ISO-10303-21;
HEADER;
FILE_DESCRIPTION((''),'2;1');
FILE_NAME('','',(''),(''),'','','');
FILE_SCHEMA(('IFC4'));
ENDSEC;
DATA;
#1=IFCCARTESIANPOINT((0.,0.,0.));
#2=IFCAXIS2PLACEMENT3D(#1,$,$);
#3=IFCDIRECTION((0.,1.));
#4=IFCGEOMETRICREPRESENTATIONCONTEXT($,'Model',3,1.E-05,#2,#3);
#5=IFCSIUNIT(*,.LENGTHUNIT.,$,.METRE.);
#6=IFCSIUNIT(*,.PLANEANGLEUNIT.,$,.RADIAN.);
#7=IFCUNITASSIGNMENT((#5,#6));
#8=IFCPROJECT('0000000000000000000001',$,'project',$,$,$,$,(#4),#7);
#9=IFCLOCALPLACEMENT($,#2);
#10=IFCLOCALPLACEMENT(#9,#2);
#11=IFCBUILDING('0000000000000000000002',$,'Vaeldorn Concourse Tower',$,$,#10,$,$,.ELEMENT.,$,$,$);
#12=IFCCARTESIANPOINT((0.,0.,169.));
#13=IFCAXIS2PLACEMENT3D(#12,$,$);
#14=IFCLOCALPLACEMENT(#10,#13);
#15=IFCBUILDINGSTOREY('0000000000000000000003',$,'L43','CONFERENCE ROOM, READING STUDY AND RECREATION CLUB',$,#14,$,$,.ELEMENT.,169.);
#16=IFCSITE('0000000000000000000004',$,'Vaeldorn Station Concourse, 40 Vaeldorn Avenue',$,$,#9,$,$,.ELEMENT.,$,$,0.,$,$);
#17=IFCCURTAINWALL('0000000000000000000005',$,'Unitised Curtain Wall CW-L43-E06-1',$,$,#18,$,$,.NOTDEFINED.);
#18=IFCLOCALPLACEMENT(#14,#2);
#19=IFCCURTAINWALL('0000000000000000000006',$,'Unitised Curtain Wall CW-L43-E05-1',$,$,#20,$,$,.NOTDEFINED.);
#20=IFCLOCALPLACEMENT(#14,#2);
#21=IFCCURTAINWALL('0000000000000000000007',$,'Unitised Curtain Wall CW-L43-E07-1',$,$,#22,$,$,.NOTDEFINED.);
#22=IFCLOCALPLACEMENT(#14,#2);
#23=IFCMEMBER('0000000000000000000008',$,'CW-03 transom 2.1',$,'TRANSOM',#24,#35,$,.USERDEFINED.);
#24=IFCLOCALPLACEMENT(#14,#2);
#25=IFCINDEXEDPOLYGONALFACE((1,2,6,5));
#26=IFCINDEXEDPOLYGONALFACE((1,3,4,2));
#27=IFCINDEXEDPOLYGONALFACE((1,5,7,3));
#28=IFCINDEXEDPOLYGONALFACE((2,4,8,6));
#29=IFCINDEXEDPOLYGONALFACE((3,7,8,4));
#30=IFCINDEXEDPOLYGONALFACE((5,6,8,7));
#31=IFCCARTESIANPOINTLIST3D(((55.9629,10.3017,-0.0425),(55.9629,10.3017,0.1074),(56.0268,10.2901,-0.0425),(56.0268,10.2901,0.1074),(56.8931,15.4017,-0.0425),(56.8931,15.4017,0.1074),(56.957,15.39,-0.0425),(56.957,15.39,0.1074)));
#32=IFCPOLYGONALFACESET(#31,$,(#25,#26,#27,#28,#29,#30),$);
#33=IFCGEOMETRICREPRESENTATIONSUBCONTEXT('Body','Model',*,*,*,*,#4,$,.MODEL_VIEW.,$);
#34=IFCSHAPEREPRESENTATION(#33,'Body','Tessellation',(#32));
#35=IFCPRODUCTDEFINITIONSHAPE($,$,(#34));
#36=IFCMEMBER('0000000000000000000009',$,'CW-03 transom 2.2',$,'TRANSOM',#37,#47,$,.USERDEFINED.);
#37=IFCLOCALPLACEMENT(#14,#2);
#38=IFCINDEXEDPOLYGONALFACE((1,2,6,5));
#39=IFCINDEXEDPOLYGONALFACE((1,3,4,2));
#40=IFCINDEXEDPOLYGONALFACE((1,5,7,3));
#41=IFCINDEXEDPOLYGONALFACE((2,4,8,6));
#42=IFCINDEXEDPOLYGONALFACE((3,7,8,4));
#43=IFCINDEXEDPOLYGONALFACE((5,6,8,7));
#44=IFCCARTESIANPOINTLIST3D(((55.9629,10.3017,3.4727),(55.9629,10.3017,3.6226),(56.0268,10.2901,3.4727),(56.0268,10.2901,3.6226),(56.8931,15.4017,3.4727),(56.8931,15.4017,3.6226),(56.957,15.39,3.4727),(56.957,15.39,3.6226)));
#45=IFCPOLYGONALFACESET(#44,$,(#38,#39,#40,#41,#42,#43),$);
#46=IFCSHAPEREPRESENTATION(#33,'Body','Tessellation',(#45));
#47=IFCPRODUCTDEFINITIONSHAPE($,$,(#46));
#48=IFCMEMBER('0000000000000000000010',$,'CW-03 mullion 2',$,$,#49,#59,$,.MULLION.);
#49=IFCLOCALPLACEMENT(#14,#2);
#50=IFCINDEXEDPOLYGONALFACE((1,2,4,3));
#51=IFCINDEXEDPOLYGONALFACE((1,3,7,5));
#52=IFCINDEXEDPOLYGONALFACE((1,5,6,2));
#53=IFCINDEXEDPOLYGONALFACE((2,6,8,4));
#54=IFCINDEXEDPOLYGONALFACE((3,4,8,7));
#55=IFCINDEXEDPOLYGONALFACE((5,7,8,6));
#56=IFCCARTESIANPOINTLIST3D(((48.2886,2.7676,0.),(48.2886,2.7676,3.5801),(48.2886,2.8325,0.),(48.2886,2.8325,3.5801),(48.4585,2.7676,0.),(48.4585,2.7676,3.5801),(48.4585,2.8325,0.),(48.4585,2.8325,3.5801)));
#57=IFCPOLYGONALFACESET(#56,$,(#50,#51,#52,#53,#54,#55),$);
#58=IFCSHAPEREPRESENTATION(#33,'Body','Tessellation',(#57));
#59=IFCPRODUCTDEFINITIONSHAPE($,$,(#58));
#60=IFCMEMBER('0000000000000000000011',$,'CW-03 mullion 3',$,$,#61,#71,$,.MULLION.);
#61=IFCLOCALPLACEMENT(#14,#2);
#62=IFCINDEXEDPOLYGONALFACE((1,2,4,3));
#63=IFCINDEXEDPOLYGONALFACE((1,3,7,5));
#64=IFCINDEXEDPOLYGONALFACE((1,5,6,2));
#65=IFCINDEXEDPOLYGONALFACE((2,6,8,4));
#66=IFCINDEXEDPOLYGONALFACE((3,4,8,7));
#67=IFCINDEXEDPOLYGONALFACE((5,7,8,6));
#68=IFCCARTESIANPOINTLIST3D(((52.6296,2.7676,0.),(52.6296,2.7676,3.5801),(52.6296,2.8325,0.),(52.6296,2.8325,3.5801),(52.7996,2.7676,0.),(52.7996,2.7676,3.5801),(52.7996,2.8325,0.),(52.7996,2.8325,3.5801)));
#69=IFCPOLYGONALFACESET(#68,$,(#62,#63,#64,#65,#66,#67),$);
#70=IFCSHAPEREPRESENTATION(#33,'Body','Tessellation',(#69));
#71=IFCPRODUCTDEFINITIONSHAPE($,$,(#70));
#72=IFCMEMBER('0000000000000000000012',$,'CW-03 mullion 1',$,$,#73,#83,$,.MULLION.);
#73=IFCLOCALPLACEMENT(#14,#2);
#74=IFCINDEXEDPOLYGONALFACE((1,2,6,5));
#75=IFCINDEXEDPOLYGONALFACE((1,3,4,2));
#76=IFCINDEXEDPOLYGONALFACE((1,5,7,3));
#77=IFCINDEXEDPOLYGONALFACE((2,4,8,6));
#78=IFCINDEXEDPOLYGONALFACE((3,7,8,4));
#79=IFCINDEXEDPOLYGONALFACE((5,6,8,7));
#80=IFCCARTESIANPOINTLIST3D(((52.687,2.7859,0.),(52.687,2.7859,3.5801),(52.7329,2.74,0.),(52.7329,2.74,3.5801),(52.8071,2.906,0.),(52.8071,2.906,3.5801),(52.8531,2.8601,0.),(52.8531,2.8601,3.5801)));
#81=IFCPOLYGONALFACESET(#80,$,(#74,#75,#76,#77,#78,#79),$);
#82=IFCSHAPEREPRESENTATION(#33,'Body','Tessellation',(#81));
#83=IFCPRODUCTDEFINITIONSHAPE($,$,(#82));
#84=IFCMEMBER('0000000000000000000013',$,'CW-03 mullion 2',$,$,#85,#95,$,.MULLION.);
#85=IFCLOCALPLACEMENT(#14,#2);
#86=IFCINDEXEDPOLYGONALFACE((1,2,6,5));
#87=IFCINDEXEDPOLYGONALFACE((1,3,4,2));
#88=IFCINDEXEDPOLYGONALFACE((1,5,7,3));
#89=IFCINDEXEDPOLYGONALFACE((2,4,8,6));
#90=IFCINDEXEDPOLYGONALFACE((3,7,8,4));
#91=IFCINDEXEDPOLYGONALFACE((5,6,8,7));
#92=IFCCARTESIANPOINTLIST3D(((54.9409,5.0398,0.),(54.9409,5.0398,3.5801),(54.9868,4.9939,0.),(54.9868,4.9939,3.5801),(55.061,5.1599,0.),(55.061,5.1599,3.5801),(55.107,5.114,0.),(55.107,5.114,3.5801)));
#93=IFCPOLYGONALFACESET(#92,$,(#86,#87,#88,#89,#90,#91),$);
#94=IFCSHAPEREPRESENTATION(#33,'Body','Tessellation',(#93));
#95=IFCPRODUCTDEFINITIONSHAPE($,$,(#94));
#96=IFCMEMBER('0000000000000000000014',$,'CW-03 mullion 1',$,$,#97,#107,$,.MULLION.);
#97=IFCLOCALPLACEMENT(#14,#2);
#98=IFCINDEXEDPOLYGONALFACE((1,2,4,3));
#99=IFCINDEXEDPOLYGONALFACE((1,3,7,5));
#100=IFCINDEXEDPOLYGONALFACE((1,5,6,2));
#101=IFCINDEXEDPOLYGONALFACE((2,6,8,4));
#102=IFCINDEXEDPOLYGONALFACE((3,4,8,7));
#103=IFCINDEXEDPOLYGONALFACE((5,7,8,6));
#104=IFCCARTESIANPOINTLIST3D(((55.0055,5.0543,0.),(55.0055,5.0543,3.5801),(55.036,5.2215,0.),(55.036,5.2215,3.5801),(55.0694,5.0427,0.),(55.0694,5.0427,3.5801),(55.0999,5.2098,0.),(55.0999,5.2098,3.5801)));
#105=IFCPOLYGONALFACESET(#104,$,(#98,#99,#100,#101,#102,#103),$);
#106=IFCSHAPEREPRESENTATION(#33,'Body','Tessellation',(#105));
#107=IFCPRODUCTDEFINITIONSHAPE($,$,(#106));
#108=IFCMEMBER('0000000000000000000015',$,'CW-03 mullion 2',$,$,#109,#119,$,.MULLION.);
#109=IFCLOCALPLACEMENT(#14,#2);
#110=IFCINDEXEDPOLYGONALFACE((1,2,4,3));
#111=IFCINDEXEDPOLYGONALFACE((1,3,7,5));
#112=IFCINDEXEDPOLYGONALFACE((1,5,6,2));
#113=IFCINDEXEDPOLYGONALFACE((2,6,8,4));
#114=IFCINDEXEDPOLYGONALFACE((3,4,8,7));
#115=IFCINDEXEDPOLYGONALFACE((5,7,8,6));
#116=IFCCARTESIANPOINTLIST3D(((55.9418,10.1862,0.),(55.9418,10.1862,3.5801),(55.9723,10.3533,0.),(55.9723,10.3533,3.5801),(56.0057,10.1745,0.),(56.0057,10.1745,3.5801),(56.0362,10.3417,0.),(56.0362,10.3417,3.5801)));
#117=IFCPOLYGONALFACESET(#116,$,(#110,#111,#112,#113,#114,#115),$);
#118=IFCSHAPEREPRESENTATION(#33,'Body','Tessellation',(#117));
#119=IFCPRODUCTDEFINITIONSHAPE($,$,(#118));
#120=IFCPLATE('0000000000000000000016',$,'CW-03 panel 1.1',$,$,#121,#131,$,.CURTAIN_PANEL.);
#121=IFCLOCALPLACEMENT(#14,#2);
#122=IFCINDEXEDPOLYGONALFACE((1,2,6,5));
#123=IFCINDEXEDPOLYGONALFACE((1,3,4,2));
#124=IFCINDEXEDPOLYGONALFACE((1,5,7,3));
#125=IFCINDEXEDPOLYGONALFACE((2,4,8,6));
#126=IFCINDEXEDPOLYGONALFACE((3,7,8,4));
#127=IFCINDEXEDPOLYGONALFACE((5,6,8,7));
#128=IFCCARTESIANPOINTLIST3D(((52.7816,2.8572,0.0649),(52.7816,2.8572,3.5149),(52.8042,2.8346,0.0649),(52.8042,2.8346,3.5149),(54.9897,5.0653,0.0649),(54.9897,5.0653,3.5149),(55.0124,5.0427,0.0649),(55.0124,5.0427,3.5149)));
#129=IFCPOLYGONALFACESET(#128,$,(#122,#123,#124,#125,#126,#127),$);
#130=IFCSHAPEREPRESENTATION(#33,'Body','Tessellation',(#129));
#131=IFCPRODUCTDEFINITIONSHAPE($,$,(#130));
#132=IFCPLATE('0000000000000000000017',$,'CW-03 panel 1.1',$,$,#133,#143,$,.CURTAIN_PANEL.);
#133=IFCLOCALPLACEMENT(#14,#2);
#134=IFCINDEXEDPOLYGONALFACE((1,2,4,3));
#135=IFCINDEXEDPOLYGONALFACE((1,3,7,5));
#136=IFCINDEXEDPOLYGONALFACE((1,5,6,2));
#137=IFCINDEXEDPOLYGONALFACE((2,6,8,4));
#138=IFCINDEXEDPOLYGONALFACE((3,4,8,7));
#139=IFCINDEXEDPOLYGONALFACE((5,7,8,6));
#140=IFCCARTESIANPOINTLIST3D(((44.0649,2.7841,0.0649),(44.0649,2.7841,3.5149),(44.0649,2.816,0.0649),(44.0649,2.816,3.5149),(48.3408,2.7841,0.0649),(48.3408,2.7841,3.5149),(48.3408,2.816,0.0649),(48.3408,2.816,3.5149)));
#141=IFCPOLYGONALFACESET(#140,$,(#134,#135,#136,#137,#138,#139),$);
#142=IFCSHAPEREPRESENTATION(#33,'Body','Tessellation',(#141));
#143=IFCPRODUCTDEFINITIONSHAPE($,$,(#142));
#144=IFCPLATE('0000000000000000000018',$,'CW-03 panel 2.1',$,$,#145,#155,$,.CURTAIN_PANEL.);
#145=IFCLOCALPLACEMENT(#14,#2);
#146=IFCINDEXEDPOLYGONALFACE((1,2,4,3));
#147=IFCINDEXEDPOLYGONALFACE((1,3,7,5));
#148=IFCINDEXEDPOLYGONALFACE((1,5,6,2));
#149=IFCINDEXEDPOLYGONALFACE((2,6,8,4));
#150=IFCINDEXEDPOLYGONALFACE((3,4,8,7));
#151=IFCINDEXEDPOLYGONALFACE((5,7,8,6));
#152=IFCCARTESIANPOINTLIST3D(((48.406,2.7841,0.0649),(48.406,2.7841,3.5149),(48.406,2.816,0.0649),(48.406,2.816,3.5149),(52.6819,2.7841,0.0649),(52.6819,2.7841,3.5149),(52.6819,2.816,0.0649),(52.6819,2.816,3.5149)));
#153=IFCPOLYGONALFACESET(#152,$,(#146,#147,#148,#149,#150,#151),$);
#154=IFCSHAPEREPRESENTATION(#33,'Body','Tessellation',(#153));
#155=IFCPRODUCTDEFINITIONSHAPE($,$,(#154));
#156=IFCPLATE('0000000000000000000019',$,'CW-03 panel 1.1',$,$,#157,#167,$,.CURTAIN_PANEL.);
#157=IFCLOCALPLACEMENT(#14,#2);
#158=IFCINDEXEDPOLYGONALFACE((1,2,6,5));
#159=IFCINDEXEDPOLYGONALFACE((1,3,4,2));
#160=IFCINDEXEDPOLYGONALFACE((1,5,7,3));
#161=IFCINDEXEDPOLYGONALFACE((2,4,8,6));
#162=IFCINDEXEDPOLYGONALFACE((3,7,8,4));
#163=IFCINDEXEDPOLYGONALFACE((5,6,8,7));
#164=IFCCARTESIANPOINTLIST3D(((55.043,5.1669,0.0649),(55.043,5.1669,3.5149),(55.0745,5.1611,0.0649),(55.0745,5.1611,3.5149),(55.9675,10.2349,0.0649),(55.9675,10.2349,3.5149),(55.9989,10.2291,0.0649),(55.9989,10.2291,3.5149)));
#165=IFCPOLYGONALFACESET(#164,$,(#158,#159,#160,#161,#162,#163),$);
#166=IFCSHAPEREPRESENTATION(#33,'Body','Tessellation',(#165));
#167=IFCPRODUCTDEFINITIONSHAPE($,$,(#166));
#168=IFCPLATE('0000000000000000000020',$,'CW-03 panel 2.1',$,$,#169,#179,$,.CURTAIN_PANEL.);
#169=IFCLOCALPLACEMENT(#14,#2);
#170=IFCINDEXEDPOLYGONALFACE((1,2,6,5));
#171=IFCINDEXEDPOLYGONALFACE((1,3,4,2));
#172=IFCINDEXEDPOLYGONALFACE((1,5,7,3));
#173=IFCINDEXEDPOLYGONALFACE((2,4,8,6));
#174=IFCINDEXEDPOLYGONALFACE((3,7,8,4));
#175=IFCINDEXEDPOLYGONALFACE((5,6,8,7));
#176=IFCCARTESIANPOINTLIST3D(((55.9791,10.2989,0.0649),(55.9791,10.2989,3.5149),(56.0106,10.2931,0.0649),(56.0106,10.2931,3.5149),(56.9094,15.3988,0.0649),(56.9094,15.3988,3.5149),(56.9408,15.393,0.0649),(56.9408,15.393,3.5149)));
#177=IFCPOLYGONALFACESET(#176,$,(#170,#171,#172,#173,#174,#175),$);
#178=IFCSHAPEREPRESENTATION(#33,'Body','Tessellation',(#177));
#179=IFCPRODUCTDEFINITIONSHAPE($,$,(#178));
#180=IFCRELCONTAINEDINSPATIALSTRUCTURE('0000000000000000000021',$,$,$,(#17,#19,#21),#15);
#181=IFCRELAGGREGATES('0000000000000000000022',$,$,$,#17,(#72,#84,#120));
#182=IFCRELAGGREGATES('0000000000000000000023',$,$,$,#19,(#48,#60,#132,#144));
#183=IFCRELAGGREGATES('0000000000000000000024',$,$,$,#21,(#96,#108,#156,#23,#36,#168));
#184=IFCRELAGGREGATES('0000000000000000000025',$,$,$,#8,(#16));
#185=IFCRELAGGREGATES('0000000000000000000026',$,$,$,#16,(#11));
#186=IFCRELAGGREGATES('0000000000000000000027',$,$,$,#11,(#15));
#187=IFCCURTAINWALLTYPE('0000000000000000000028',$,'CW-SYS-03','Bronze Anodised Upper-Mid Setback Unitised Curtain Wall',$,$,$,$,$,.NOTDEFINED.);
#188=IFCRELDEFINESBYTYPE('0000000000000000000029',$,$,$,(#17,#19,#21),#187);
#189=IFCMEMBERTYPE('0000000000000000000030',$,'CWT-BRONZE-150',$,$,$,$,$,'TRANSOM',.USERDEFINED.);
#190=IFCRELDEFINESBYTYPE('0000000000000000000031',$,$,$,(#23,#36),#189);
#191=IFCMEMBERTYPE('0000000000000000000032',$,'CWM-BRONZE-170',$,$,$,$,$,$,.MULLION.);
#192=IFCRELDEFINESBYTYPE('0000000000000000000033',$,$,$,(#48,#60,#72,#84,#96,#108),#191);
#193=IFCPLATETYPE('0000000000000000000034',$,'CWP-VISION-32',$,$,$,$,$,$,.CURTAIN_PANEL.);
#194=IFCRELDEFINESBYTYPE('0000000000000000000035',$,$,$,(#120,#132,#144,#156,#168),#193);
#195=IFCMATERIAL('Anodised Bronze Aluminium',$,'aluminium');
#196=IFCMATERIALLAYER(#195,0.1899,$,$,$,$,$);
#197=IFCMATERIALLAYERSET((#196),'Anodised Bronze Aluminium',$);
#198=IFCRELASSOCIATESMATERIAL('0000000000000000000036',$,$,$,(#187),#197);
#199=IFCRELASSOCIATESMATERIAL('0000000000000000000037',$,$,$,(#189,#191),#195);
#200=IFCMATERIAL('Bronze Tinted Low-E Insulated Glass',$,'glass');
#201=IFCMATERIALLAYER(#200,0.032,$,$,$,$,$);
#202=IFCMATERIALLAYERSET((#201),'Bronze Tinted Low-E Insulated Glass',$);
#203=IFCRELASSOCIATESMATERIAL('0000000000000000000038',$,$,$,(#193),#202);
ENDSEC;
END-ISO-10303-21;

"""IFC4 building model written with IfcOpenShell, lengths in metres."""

from ifc_helpers import new_model, si_unit, direction, frame, origin, origin_2d, place, context, subcontext, project, spatial, rectangle, extrude, source, transform, mapped, material, layer, layer_set, material_profile, profile_set, type_object, element, aggregate, save


model = new_model("IFC4")

# Units and contexts
model_context = context("Model", 3, precision=1e-05, world=origin(), true_north=direction((0.0, 1.0)))
body_context = subcontext(model_context, "Body", "Model", "MODEL_VIEW")
ifc_project = project(units=[si_unit("LENGTHUNIT", "METRE"), si_unit("PLANEANGLEUNIT", "RADIAN")], contexts=[model_context])

# Site, building, storey
site_placement = place(None, origin())
site = spatial("IfcSite", under=ifc_project, at=site_placement, Name="Vaeldorn Station Concourse, 40 Vaeldorn Avenue", CompositionType="ELEMENT", RefElevation=0.0)
building_placement = place(site_placement, origin())
building = spatial("IfcBuilding", under=site, at=building_placement, Name="Vaeldorn Concourse Tower", CompositionType="ELEMENT")
storey_placement = place(building_placement, frame((0.0, 0.0, 169.0)))
storey = spatial("IfcBuildingStorey", under=building, at=storey_placement, Name="L43", Description="CONFERENCE ROOM, READING STUDY AND RECREATION CLUB", CompositionType="ELEMENT", Elevation=169.0)

# Curtain walls, members
ifc_material_1 = material(Name="Anodised Bronze Aluminium", Category="aluminium")
ifc_layer_1 = layer(ifc_material_1, 0.1899)
ifc_layer_set_1 = layer_set([ifc_layer_1], Name="Anodised Bronze Aluminium")
curtain_wall_type = type_object("IfcCurtainWallType", Name="CW-SYS-03", Description="Bronze Anodised Upper-Mid Setback Unitised Curtain Wall", PredefinedType="NOTDEFINED", material=ifc_layer_set_1)
curtain_wall_1_placement = place(storey_placement, origin())
curtain_wall_1 = element("IfcCurtainWall", 1, at=curtain_wall_1_placement, inside=storey, type_object=curtain_wall_type, Name="Unitised Curtain Wall CW-L43-E06-1", PredefinedType="NOTDEFINED")
ifc_material_profile_1 = material_profile(ifc_material_1, rectangle(XDim=0.0649, YDim=0.1499, at=origin_2d()), Name="CWT 65x150")
ifc_profile_set_1 = profile_set([ifc_material_profile_1], Name="Anodised Bronze Aluminium")
member_type_1 = type_object("IfcMemberType", Name="CWT-BRONZE-150", ElementType="TRANSOM", PredefinedType="USERDEFINED", material=ifc_profile_set_1)
curtain_wall_2_placement = place(storey_placement, origin())
curtain_wall_2 = element("IfcCurtainWall", 2, at=curtain_wall_2_placement, inside=storey, type_object=curtain_wall_type, Name="Unitised Curtain Wall CW-L43-E05-1", PredefinedType="NOTDEFINED")
curtain_wall_3_placement = place(storey_placement, origin())
curtain_wall_3 = element("IfcCurtainWall", 3, at=curtain_wall_3_placement, inside=storey, type_object=curtain_wall_type, Name="Unitised Curtain Wall CW-L43-E07-1", PredefinedType="NOTDEFINED")
shared_shape_1 = source(origin(), body_context, "Body", "SweptSolid", [
    extrude(rectangle(XDim=0.0649, YDim=0.1499, at=origin_2d()), origin(), (0.0, 0.0, 1.0), 5.1841),
])
member_1_placement = place(storey_placement, frame((55.9949, 10.2959, 0.0325), z_axis=(0.179432, 0.98377, 0.0), x_axis=(-0.98377, 0.179432, 0.0)))
member_1 = element("IfcMember", 4, at=member_1_placement, type_object=member_type_1, Name="CW-03 transom 2.1", ObjectType="TRANSOM", PredefinedType="USERDEFINED", context=body_context, shape_type="MappedRepresentation", body=[
    mapped(shared_shape_1, transform((0.0, 0.0, 0.0), scale=1.0)),
])
member_2_placement = place(storey_placement, frame((55.9949, 10.2959, 3.5476), z_axis=(0.179432, 0.98377, 0.0), x_axis=(-0.98377, 0.179432, 0.0)))
member_2 = element("IfcMember", 5, at=member_2_placement, type_object=member_type_1, Name="CW-03 transom 2.2", ObjectType="TRANSOM", PredefinedType="USERDEFINED", context=body_context, shape_type="MappedRepresentation", body=[
    mapped(shared_shape_1, transform((0.0, 0.0, 0.0), scale=1.0)),
])

# Members
ifc_material_profile_2 = material_profile(ifc_material_1, rectangle(XDim=0.0649, YDim=0.1699, at=origin_2d()), Name="CWM 65x170")
ifc_profile_set_2 = profile_set([ifc_material_profile_2], Name="Anodised Bronze Aluminium")
member_type_2 = type_object("IfcMemberType", Name="CWM-BRONZE-170", PredefinedType="MULLION", material=ifc_profile_set_2)
shared_shape_2 = source(origin(), body_context, "Body", "SweptSolid", [
    extrude(rectangle(XDim=0.0649, YDim=0.1699, at=origin_2d()), origin(), (0.0, 0.0, 1.0), 3.5801),
])
member_3_placement = place(storey_placement, frame((48.3735, 2.8, 0.0), z_axis=(0.0, 0.0, 1.0), x_axis=(0.0, 1.0, 0.0)))
member_3 = element("IfcMember", 6, at=member_3_placement, type_object=member_type_2, Name="CW-03 mullion 2", PredefinedType="MULLION", context=body_context, shape_type="MappedRepresentation", body=[
    mapped(shared_shape_2, transform((0.0, 0.0, 0.0), scale=1.0)),
])
member_4_placement = place(storey_placement, frame((52.7146, 2.8, 0.0), z_axis=(0.0, 0.0, 1.0), x_axis=(0.0, 1.0, 0.0)))
member_4 = element("IfcMember", 7, at=member_4_placement, type_object=member_type_2, Name="CW-03 mullion 3", PredefinedType="MULLION", context=body_context, shape_type="MappedRepresentation", body=[
    mapped(shared_shape_2, transform((0.0, 0.0, 0.0), scale=1.0)),
])
member_5_placement = place(storey_placement, frame((52.77, 2.823, 0.0), z_axis=(0.0, 0.0, 1.0), x_axis=(-0.707107, 0.707107, 0.0)))
member_5 = element("IfcMember", 8, at=member_5_placement, type_object=member_type_2, Name="CW-03 mullion 1", PredefinedType="MULLION", context=body_context, shape_type="MappedRepresentation", body=[
    mapped(shared_shape_2, transform((0.0, 0.0, 0.0), scale=1.0)),
])
member_6_placement = place(storey_placement, frame((55.0239, 5.0769, 0.0), z_axis=(0.0, 0.0, 1.0), x_axis=(-0.707107, 0.707107, 0.0)))
member_6 = element("IfcMember", 9, at=member_6_placement, type_object=member_type_2, Name="CW-03 mullion 2", PredefinedType="MULLION", context=body_context, shape_type="MappedRepresentation", body=[
    mapped(shared_shape_2, transform((0.0, 0.0, 0.0), scale=1.0)),
])
member_7_placement = place(storey_placement, frame((55.0527, 5.1321, 0.0), z_axis=(0.0, 0.0, 1.0), x_axis=(-0.983768, 0.179446, 0.0)))
member_7 = element("IfcMember", 10, at=member_7_placement, type_object=member_type_2, Name="CW-03 mullion 1", PredefinedType="MULLION", context=body_context, shape_type="MappedRepresentation", body=[
    mapped(shared_shape_2, transform((0.0, 0.0, 0.0), scale=1.0)),
])
member_8_placement = place(storey_placement, frame((55.989, 10.2639, 0.0), z_axis=(0.0, 0.0, 1.0), x_axis=(-0.983768, 0.179446, 0.0)))
member_8 = element("IfcMember", 11, at=member_8_placement, type_object=member_type_2, Name="CW-03 mullion 2", PredefinedType="MULLION", context=body_context, shape_type="MappedRepresentation", body=[
    mapped(shared_shape_2, transform((0.0, 0.0, 0.0), scale=1.0)),
])

# Plates
ifc_material_2 = material(Name="Bronze Tinted Low-E Insulated Glass", Category="glass")
ifc_layer_2 = layer(ifc_material_2, 0.032)
ifc_layer_set_2 = layer_set([ifc_layer_2], Name="Bronze Tinted Low-E Insulated Glass")
plate_type = type_object("IfcPlateType", Name="CWP-VISION-32", PredefinedType="CURTAIN_PANEL", material=ifc_layer_set_2)
shared_shape_3 = source(origin(), body_context, "Body", "SweptSolid", [
    extrude(rectangle(XDim=3.1228, YDim=0.032, at=origin_2d()), origin(), (0.0, 0.0, 1.0), 3.45),
])
plate_1_placement = place(storey_placement, frame((53.897, 3.95, 0.0649), z_axis=(0.0, 0.0, 1.0), x_axis=(0.707107, 0.707107, 0.0)))
plate_1 = element("IfcPlate", 12, at=plate_1_placement, type_object=plate_type, Name="CW-03 panel 1.1", PredefinedType="CURTAIN_PANEL", context=body_context, shape_type="MappedRepresentation", body=[
    mapped(shared_shape_3, transform((0.0, 0.0, 0.0), scale=1.0)),
])
aggregate(curtain_wall_1, [member_5, member_6, plate_1])
shared_shape_4 = source(origin(), body_context, "Body", "SweptSolid", [
    extrude(rectangle(XDim=4.2759, YDim=0.032, at=origin_2d()), origin(), (0.0, 0.0, 1.0), 3.45),
])
plate_2_placement = place(storey_placement, frame((46.2029, 2.8, 0.0649), z_axis=(0.0, 0.0, 1.0), x_axis=(1.0, 0.0, 0.0)))
plate_2 = element("IfcPlate", 13, at=plate_2_placement, type_object=plate_type, Name="CW-03 panel 1.1", PredefinedType="CURTAIN_PANEL", context=body_context, shape_type="MappedRepresentation", body=[
    mapped(shared_shape_4, transform((0.0, 0.0, 0.0), scale=1.0)),
])
plate_3_placement = place(storey_placement, frame((50.5439, 2.8, 0.0649), z_axis=(0.0, 0.0, 1.0), x_axis=(1.0, 0.0, 0.0)))
plate_3 = element("IfcPlate", 14, at=plate_3_placement, type_object=plate_type, Name="CW-03 panel 2.1", PredefinedType="CURTAIN_PANEL", context=body_context, shape_type="MappedRepresentation", body=[
    mapped(shared_shape_4, transform((0.0, 0.0, 0.0), scale=1.0)),
])
aggregate(curtain_wall_2, [member_3, member_4, plate_2, plate_3])
shared_shape_5 = source(origin(), body_context, "Body", "SweptSolid", [
    extrude(rectangle(XDim=5.1516, YDim=0.032, at=origin_2d()), origin(), (0.0, 0.0, 1.0), 3.45),
])
plate_4_placement = place(storey_placement, frame((55.521, 7.698, 0.0649), z_axis=(0.0, 0.0, 1.0), x_axis=(0.179446, 0.983768, 0.0)))
plate_4 = element("IfcPlate", 15, at=plate_4_placement, type_object=plate_type, Name="CW-03 panel 1.1", PredefinedType="CURTAIN_PANEL", context=body_context, shape_type="MappedRepresentation", body=[
    mapped(shared_shape_5, transform((0.0, 0.0, 0.0), scale=1.0)),
])
shared_shape_6 = source(origin(), body_context, "Body", "SweptSolid", [
    extrude(rectangle(XDim=5.1841, YDim=0.032, at=origin_2d()), origin(), (0.0, 0.0, 1.0), 3.45),
])
plate_5_placement = place(storey_placement, frame((56.46, 12.8459, 0.0649), z_axis=(0.0, 0.0, 1.0), x_axis=(0.179446, 0.983768, 0.0)))
plate_5 = element("IfcPlate", 16, at=plate_5_placement, type_object=plate_type, Name="CW-03 panel 2.1", PredefinedType="CURTAIN_PANEL", context=body_context, shape_type="MappedRepresentation", body=[
    mapped(shared_shape_6, transform((0.0, 0.0, 0.0), scale=1.0)),
])
aggregate(curtain_wall_3, [member_7, member_8, plate_4, member_1, member_2, plate_5])

save(model, "model.ifc")
